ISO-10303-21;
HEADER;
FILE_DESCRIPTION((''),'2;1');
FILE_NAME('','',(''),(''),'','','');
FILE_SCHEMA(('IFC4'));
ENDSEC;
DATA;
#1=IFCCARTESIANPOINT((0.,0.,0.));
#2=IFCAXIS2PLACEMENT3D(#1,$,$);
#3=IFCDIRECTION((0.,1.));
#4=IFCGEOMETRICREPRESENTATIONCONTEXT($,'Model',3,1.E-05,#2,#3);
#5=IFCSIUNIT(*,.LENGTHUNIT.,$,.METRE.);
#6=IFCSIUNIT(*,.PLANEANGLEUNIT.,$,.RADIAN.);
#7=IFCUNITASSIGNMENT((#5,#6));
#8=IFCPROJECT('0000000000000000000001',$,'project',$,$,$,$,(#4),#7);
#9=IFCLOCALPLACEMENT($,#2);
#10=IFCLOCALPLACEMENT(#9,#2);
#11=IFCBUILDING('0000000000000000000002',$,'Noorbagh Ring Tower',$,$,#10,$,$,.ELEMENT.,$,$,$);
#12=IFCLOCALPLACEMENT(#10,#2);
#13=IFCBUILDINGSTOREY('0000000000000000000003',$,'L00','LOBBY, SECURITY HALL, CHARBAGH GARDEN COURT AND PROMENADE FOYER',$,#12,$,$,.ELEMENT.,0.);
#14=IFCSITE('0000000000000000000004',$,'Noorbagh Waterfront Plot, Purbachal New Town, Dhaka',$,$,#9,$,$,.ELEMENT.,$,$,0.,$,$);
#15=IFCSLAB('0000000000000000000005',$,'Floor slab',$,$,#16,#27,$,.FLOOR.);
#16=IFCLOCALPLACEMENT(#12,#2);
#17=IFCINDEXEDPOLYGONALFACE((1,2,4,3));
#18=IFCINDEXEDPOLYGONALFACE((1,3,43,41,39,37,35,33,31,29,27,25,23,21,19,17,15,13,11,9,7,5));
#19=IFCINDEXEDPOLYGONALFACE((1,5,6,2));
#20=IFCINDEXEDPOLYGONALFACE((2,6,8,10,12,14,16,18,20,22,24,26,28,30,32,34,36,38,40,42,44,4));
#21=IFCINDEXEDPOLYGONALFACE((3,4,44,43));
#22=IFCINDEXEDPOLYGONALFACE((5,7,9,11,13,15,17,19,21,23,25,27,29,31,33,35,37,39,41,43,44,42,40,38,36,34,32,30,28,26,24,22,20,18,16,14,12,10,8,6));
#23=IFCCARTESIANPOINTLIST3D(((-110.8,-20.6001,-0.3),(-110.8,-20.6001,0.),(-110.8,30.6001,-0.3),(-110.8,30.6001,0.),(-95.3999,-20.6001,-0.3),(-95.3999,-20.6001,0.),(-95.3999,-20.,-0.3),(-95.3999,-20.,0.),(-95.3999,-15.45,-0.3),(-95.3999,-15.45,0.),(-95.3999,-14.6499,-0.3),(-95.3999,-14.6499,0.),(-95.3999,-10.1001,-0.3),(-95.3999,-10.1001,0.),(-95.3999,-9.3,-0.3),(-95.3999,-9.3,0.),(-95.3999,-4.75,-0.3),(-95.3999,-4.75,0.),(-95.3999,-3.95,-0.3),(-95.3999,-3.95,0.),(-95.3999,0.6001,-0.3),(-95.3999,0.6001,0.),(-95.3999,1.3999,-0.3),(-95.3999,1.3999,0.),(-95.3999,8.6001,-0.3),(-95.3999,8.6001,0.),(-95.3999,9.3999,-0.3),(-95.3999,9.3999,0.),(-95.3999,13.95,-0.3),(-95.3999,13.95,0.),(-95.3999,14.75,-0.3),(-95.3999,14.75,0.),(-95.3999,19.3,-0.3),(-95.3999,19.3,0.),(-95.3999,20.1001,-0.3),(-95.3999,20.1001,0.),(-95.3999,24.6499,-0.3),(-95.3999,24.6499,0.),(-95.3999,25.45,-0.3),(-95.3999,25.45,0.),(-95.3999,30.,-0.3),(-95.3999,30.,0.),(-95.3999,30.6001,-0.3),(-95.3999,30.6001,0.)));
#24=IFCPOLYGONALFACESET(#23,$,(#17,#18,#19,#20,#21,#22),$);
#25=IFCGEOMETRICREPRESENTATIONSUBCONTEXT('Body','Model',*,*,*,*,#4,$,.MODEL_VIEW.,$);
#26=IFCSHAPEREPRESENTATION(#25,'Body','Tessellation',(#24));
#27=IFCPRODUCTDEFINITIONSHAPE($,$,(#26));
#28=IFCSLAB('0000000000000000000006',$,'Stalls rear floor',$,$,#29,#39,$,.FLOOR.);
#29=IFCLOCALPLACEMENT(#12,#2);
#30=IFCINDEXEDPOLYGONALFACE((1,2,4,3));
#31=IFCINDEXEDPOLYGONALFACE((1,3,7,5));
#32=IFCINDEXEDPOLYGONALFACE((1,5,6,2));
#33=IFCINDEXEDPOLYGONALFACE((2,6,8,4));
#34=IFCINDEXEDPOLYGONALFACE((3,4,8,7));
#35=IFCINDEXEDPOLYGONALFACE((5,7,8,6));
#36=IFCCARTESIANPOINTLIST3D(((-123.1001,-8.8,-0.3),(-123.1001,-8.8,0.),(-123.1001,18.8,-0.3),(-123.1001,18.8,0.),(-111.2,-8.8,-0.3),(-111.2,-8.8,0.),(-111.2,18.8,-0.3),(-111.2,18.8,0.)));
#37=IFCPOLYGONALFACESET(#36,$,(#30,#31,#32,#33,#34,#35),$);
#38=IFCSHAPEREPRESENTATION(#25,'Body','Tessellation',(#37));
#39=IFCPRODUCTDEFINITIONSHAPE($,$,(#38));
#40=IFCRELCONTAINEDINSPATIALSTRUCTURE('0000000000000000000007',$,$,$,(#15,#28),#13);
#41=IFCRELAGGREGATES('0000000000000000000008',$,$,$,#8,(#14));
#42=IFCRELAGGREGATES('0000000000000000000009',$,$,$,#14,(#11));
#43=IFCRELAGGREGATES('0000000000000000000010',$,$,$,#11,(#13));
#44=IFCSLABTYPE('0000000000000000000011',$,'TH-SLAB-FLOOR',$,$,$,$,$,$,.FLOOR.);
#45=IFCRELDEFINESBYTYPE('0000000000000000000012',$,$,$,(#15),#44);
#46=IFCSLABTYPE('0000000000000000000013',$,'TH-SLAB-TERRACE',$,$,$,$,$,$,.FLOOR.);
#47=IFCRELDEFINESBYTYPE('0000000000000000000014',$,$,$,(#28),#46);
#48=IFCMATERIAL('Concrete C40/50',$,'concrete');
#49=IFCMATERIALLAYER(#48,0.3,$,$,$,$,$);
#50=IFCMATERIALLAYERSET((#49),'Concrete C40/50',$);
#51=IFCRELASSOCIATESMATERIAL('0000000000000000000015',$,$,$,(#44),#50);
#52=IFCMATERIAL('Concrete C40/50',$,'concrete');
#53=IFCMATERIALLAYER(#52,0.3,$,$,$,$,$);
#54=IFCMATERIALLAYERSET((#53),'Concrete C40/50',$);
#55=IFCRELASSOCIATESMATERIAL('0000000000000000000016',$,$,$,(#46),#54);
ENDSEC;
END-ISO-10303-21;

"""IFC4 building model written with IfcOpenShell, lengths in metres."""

from ifc_helpers import new_model, si_unit, direction, frame, origin, place, context, subcontext, project, spatial, polyline, outline, extrude, material, layer, layer_set, type_object, element, save


model = new_model("IFC4")

# Units and contexts
model_context = context("Model", 3, precision=1e-05, world=origin(), true_north=direction((0.0, 1.0)))
body_context = subcontext(model_context, "Body", "Model", "MODEL_VIEW")
ifc_project = project(units=[si_unit("LENGTHUNIT", "METRE"), si_unit("PLANEANGLEUNIT", "RADIAN")], contexts=[model_context])

# Site, building, storey
site_placement = place(None, origin())
site = spatial("IfcSite", under=ifc_project, at=site_placement, Name="Noorbagh Waterfront Plot, Purbachal New Town, Dhaka", CompositionType="ELEMENT", RefElevation=0.0)
building_placement = place(site_placement, origin())
building = spatial("IfcBuilding", under=site, at=building_placement, Name="Noorbagh Ring Tower", CompositionType="ELEMENT")
storey_placement = place(building_placement, origin())
storey = spatial("IfcBuildingStorey", under=building, at=storey_placement, Name="L00", Description="LOBBY, SECURITY HALL, CHARBAGH GARDEN COURT AND PROMENADE FOYER", CompositionType="ELEMENT", Elevation=0.0)

# Slabs
ifc_material_1 = material(Name="Concrete C40/50", Category="concrete")
ifc_layer_1 = layer(ifc_material_1, 0.3)
ifc_layer_set_1 = layer_set([ifc_layer_1], Name="Concrete C40/50")
slab_type_1 = type_object("IfcSlabType", Name="TH-SLAB-FLOOR", PredefinedType="FLOOR", material=ifc_layer_set_1)
slab_1_placement = place(storey_placement, frame((0.0, 0.0, -0.3)))
element("IfcSlab", 1, at=slab_1_placement, inside=storey, type_object=slab_type_1, Name="Floor slab", PredefinedType="FLOOR", context=body_context, shape_type="SweptSolid", body=[
    extrude(outline(polyline([(-95.3999, 19.3), (-95.3999, 20.1001), (-95.3999, 24.6499), (-95.3999, 25.45), (-95.3999, 30.0), (-95.3999, 30.6001), (-110.8, 30.6001), (-110.8, -20.6001), (-95.3999, -20.6001), (-95.3999, -20.0), (-95.3999, -15.45), (-95.3999, -14.6499), (-95.3999, -10.1001), (-95.3999, -9.3), (-95.3999, -4.75), (-95.3999, -3.95), (-95.3999, 0.6001), (-95.3999, 1.3999), (-95.3999, 8.6001), (-95.3999, 9.3999), (-95.3999, 13.95), (-95.3999, 14.75), (-95.3999, 19.3)])), origin(), (0.0, 0.0, 1.0), 0.3),
])
ifc_material_2 = material(Name="Concrete C40/50", Category="concrete")
ifc_layer_2 = layer(ifc_material_2, 0.3)
ifc_layer_set_2 = layer_set([ifc_layer_2], Name="Concrete C40/50")
slab_type_2 = type_object("IfcSlabType", Name="TH-SLAB-TERRACE", PredefinedType="FLOOR", material=ifc_layer_set_2)
slab_2_placement = place(storey_placement, frame((0.0, 0.0, -0.3)))
element("IfcSlab", 2, at=slab_2_placement, inside=storey, type_object=slab_type_2, Name="Stalls rear floor", PredefinedType="FLOOR", context=body_context, shape_type="SweptSolid", body=[
    extrude(outline(polyline([(-123.1001, -8.8), (-111.2, -8.8), (-111.2, 18.8), (-123.1001, 18.8), (-123.1001, -8.8)])), origin(), (0.0, 0.0, 1.0), 0.3),
])

save(model, "model.ifc")
